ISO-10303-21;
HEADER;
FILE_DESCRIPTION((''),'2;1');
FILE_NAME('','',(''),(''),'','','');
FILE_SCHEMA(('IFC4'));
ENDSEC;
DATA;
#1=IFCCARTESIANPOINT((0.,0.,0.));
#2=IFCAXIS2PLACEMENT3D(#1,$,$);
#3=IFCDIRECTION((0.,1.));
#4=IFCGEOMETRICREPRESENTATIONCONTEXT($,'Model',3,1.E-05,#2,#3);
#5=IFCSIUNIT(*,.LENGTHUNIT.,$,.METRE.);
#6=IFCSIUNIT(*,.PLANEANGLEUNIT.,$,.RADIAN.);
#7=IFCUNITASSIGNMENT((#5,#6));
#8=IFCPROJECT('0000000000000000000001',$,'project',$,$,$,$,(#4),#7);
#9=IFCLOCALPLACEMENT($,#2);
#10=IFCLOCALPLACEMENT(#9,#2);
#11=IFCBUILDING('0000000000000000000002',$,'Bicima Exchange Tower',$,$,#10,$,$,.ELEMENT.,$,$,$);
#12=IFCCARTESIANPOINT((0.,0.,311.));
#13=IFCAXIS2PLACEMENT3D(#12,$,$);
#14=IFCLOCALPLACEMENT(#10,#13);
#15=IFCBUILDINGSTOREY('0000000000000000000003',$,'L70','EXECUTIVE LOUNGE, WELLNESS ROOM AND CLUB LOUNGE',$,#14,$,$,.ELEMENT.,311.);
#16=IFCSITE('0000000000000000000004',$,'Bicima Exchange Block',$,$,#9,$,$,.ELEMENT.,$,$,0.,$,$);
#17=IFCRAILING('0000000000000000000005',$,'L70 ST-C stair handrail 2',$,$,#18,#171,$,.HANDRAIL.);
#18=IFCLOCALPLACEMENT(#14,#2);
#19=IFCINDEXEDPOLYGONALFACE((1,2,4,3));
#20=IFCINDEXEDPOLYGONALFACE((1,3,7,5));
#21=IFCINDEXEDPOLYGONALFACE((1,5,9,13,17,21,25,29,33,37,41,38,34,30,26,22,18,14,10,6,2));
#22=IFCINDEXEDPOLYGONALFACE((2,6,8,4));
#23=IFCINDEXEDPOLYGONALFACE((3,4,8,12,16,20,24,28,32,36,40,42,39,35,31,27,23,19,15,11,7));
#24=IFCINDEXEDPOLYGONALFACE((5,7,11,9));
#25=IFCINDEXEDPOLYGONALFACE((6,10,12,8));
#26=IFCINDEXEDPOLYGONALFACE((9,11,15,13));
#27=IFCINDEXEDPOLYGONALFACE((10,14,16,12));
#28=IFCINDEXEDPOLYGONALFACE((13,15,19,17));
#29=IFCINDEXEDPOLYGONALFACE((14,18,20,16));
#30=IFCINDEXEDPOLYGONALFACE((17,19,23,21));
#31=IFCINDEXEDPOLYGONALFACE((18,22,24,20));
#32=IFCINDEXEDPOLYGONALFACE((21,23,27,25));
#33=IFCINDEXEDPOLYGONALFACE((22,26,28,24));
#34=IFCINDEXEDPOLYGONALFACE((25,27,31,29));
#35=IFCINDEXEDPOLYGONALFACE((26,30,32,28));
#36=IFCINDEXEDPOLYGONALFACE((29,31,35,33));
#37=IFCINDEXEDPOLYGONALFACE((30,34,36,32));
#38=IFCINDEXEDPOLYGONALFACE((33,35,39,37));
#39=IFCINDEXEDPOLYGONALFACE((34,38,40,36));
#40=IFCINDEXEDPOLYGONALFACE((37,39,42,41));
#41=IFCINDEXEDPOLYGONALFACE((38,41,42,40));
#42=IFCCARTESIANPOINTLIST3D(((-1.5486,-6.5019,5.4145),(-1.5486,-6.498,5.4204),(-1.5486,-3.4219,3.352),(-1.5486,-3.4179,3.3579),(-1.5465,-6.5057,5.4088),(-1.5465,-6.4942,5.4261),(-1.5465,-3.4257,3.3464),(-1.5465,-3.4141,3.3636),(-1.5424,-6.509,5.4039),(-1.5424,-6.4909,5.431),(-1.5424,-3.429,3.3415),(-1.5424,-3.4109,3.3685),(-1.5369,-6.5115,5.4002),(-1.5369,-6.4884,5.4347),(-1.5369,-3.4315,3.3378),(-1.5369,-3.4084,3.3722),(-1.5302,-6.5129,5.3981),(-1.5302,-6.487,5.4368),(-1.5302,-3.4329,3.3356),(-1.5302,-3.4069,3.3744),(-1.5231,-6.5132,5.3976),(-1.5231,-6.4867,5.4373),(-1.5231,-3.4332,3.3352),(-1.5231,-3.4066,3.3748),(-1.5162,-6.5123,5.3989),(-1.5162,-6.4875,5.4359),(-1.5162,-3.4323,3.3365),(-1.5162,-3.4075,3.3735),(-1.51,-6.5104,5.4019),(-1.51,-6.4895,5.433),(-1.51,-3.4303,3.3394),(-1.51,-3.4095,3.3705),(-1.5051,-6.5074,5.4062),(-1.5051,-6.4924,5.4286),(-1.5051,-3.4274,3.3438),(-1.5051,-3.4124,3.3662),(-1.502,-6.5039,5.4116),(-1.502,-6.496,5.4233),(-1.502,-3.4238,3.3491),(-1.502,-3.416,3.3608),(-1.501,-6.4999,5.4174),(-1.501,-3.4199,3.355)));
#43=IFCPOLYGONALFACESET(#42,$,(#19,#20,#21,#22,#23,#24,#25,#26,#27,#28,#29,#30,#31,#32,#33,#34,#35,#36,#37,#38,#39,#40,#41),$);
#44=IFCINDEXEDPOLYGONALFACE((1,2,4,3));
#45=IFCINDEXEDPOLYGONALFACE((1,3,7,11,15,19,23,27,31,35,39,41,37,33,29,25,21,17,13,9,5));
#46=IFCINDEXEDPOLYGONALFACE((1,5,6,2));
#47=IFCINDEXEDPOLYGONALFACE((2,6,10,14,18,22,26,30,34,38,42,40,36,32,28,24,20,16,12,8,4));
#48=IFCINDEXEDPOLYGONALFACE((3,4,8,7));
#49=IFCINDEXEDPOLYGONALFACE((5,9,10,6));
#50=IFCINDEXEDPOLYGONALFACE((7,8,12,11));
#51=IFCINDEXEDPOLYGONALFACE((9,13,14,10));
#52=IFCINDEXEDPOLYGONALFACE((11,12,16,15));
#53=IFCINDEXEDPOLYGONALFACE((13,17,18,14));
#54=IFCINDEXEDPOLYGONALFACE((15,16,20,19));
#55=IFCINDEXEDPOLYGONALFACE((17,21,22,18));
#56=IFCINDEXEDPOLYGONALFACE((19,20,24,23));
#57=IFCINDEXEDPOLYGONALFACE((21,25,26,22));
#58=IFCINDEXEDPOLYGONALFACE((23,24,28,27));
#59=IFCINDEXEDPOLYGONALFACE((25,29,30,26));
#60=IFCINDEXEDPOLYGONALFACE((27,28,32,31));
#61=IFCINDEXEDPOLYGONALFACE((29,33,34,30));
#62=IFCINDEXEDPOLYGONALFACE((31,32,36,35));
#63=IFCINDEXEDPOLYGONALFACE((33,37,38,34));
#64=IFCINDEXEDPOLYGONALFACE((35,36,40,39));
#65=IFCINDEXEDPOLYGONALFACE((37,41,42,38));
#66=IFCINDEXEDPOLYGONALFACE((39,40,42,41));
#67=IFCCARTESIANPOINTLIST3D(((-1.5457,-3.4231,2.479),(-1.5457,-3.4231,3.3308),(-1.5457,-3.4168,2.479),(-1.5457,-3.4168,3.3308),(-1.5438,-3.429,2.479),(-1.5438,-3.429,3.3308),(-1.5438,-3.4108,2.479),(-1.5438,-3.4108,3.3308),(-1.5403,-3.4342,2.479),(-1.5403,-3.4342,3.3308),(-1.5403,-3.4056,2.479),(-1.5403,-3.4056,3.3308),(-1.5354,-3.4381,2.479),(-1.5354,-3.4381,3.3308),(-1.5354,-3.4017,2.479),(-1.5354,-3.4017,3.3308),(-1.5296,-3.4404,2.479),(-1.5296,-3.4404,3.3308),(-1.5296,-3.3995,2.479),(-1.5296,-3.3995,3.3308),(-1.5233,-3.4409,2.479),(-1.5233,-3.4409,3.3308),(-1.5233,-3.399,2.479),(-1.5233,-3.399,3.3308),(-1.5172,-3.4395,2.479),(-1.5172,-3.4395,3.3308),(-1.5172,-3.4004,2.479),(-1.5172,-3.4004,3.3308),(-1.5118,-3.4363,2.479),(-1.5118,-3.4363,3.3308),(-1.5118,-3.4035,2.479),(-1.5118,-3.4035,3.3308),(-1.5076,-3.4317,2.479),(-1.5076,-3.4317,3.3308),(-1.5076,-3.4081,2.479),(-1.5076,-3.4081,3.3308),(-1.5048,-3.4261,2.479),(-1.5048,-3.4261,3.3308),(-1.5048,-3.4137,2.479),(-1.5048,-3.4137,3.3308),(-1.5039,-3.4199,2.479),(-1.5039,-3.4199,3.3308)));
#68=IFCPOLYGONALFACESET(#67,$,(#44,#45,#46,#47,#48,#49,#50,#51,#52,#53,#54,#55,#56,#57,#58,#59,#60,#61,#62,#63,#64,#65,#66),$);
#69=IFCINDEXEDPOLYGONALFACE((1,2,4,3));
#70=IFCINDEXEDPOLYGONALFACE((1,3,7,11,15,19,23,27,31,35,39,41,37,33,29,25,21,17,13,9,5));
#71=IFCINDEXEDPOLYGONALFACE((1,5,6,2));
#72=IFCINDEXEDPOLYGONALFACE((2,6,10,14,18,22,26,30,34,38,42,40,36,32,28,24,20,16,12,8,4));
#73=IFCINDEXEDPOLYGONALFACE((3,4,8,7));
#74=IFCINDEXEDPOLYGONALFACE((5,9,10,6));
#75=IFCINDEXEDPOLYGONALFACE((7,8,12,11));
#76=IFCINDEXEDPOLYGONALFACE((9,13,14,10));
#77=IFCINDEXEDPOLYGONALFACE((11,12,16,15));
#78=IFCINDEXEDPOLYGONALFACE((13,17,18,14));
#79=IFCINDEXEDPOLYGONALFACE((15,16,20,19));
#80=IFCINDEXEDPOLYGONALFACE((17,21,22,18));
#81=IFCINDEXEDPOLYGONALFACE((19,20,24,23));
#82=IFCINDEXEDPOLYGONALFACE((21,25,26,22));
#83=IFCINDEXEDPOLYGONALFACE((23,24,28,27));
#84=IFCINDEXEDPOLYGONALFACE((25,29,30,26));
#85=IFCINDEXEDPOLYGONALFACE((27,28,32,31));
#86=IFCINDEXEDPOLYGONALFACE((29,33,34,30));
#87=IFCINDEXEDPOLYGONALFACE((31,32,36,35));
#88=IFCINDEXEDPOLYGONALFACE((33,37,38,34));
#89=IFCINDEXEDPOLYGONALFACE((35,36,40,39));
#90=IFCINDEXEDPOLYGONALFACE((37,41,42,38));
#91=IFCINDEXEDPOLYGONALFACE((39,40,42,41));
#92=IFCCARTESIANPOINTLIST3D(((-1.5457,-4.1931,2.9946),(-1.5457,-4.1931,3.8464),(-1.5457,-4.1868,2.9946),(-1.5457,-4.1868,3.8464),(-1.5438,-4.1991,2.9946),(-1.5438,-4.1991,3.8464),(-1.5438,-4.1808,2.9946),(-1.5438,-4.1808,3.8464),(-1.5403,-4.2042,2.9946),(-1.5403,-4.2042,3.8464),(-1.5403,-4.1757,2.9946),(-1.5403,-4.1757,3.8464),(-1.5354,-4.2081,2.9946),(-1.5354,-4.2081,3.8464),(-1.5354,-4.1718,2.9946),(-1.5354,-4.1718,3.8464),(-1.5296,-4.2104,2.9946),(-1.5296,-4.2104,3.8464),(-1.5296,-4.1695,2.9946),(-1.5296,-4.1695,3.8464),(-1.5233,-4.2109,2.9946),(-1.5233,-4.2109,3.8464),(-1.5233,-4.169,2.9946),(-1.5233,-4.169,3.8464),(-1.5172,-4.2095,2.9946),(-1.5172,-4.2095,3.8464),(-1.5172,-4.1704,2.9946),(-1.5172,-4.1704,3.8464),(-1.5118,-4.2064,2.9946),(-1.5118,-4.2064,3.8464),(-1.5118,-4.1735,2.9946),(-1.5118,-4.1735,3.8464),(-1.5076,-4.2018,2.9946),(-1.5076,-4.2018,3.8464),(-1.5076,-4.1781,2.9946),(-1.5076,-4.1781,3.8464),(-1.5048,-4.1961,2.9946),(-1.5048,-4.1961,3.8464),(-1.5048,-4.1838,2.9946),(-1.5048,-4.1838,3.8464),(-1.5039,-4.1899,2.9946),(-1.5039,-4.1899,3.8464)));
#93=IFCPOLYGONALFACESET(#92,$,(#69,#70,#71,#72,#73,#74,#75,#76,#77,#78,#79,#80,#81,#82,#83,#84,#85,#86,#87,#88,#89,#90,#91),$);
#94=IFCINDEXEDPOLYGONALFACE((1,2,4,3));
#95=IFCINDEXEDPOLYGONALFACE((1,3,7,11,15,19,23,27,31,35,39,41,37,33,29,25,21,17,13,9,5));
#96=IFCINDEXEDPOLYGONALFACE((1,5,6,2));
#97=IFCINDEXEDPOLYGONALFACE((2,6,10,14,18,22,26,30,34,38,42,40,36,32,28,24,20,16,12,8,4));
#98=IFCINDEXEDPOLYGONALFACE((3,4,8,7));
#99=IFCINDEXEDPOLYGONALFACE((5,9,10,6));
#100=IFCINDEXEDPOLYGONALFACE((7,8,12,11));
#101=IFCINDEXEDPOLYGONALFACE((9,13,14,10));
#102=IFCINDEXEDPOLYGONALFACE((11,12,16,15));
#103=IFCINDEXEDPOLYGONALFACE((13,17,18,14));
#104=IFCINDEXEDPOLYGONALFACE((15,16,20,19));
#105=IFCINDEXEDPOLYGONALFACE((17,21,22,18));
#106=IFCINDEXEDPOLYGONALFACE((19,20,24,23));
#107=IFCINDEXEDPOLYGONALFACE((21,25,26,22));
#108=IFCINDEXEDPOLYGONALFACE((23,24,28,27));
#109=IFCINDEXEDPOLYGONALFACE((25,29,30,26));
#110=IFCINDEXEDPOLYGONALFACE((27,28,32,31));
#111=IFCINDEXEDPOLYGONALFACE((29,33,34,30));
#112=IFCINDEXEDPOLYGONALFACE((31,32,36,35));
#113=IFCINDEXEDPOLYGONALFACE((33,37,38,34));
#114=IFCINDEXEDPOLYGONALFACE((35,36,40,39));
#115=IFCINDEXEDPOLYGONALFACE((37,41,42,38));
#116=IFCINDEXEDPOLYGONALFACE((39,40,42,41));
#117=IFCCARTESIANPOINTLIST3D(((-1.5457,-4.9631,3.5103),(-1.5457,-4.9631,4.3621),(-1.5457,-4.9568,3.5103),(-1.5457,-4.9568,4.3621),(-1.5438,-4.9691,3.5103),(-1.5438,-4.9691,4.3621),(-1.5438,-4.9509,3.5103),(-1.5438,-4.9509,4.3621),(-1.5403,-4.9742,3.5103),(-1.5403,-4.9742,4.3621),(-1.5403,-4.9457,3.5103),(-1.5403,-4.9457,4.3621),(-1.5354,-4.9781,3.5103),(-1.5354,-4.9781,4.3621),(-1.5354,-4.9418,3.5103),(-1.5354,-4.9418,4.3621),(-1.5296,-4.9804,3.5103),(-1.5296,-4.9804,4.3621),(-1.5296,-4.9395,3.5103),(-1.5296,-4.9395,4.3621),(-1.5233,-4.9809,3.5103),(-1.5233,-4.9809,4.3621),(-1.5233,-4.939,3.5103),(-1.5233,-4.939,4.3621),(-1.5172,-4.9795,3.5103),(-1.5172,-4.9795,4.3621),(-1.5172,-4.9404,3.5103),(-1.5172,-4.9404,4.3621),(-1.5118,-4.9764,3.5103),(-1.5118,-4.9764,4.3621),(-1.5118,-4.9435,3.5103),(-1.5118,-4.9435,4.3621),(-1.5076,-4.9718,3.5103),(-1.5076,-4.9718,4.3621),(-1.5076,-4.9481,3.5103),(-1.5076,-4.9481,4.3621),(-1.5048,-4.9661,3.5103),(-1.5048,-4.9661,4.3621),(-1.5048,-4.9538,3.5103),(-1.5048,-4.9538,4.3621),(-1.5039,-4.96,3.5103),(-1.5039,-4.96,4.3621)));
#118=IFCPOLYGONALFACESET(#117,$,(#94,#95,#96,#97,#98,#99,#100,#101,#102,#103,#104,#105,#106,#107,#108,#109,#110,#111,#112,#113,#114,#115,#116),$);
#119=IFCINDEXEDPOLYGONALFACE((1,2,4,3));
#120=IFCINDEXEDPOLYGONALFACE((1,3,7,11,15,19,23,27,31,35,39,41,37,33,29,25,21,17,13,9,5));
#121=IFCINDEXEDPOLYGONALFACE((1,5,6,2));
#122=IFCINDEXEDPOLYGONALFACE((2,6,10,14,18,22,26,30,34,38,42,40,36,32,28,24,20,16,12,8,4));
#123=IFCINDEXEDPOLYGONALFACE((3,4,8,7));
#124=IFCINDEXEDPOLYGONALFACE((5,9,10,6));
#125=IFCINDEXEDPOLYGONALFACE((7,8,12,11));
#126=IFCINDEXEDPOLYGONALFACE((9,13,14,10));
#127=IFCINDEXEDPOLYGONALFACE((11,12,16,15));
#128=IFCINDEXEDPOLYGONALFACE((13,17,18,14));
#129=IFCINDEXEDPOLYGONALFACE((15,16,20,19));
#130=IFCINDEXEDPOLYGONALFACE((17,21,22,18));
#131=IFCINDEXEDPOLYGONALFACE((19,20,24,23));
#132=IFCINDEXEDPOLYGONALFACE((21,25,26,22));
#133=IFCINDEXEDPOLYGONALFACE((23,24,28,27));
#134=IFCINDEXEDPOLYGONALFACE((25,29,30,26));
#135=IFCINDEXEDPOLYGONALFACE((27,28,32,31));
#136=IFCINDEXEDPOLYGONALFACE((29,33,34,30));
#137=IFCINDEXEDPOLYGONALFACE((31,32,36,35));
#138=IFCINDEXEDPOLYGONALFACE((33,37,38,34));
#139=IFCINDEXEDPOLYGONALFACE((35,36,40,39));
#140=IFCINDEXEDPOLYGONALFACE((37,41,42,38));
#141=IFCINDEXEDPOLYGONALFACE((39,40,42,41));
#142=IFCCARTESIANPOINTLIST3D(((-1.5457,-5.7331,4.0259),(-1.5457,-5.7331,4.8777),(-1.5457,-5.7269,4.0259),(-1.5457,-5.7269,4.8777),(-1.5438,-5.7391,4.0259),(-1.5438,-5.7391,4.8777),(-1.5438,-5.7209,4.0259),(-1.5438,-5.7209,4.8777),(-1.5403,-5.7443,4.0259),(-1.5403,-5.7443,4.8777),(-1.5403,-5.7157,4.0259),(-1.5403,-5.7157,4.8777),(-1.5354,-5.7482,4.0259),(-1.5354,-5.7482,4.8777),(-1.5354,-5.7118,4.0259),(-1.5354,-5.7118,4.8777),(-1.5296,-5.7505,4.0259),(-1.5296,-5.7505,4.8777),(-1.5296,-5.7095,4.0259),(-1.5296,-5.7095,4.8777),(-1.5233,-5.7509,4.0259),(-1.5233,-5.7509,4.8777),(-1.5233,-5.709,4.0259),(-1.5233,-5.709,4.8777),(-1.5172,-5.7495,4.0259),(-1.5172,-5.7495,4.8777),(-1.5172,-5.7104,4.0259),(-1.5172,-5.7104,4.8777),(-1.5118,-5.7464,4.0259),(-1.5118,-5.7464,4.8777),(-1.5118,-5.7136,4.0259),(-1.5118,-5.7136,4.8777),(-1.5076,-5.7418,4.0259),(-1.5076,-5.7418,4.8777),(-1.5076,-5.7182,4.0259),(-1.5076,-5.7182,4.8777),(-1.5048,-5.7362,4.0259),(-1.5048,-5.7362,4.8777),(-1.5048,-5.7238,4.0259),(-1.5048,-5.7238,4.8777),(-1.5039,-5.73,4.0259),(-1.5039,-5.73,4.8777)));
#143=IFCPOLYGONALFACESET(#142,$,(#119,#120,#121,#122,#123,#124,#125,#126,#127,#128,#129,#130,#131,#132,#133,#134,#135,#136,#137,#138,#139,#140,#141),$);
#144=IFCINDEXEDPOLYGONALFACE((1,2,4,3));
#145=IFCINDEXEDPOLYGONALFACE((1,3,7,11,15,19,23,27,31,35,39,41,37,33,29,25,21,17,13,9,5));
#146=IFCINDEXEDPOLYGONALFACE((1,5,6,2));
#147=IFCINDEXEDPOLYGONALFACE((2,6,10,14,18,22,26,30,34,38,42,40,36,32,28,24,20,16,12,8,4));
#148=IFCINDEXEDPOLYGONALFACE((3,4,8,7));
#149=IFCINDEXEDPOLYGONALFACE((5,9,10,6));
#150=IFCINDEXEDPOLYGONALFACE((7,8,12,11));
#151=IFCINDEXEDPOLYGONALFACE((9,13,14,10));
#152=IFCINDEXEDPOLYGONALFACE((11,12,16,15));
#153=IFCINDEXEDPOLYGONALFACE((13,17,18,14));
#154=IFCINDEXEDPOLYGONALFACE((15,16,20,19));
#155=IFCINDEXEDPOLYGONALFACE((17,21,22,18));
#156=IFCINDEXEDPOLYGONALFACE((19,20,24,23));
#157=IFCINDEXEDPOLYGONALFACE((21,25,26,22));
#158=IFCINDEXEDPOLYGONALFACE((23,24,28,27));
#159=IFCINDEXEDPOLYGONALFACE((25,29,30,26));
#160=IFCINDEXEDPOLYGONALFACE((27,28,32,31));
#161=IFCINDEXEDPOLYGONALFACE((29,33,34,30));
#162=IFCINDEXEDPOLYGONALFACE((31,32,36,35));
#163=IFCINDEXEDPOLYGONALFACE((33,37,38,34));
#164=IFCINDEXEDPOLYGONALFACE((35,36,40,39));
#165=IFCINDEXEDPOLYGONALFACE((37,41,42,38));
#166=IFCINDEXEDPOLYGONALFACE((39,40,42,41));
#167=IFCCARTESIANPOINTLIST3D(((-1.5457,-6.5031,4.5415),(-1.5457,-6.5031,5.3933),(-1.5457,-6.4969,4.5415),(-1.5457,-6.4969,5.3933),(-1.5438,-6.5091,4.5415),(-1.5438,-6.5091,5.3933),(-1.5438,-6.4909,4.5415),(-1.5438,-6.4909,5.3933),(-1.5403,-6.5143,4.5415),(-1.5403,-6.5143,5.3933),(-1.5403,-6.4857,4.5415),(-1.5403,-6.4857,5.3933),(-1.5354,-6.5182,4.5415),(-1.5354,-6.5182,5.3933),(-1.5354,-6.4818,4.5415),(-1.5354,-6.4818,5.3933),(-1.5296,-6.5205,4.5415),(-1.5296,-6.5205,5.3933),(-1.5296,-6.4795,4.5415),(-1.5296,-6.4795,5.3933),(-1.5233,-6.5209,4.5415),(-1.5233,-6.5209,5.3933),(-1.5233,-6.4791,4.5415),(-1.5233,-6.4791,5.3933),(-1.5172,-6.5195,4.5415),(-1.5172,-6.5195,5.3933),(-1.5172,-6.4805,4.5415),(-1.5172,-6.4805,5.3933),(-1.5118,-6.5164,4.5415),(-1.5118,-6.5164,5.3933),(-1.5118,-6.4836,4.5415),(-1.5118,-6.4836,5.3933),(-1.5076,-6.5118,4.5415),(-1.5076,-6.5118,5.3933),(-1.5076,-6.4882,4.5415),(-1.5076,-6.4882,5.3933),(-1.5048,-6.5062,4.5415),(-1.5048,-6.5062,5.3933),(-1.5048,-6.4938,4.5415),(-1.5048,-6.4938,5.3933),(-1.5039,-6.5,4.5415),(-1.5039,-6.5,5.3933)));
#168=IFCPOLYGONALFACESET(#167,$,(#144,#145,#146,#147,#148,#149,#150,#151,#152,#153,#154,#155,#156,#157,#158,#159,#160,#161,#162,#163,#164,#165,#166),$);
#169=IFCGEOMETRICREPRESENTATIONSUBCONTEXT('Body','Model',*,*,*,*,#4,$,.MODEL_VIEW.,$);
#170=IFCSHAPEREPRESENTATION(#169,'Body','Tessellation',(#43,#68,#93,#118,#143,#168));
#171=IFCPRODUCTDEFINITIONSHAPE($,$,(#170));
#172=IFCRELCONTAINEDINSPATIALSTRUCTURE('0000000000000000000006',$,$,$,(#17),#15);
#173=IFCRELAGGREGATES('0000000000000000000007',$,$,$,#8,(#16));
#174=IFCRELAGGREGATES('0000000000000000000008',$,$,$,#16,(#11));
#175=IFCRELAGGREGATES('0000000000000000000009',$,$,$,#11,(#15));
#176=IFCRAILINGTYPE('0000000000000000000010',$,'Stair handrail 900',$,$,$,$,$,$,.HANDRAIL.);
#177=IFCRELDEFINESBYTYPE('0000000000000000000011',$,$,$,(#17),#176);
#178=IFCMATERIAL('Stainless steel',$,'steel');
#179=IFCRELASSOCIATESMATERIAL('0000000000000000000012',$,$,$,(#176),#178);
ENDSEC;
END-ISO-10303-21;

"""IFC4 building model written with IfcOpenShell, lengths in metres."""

from ifc_helpers import new_model, si_unit, direction, frame, origin, origin_2d, place, context, subcontext, project, spatial, circle, extrude, material, type_object, element, save


model = new_model("IFC4")

# Units and contexts
model_context = context("Model", 3, precision=1e-05, world=origin(), true_north=direction((0.0, 1.0)))
body_context = subcontext(model_context, "Body", "Model", "MODEL_VIEW")
ifc_project = project(units=[si_unit("LENGTHUNIT", "METRE"), si_unit("PLANEANGLEUNIT", "RADIAN")], contexts=[model_context])

# Site, building, storey
site_placement = place(None, origin())
site = spatial("IfcSite", under=ifc_project, at=site_placement, Name="Bicima Exchange Block", CompositionType="ELEMENT", RefElevation=0.0)
building_placement = place(site_placement, origin())
building = spatial("IfcBuilding", under=site, at=building_placement, Name="Bicima Exchange Tower", CompositionType="ELEMENT")
storey_placement = place(building_placement, frame((0.0, 0.0, 311.0)))
storey = spatial("IfcBuildingStorey", under=building, at=storey_placement, Name="L70", Description="EXECUTIVE LOUNGE, WELLNESS ROOM AND CLUB LOUNGE", CompositionType="ELEMENT", Elevation=311.0)

# Railing
ifc_material_1 = material(Name="Stainless steel", Category="steel")
railing_type = type_object("IfcRailingType", Name="Stair handrail 900", PredefinedType="HANDRAIL", material=ifc_material_1)
railing_placement = place(storey_placement, frame((-1.5249, -3.4199, 2.479)))
element("IfcRailing", 1, at=railing_placement, inside=storey, type_object=railing_type, Name="L70 ST-C stair handrail 2", PredefinedType="HANDRAIL", context=body_context, shape_type="SweptSolid", body=[
    extrude(circle(Radius=0.0239, at=origin_2d()), frame((0.0, 0.0, 0.876), z_axis=(0.0, -0.830914, 0.556401), x_axis=(1.0, 0.0, 0.0)), (0.0, 0.0, 1.0), 3.7068),
    extrude(circle(Radius=0.021, at=origin_2d()), origin(), (0.0, 0.0, 1.0), 0.8518),
    extrude(circle(Radius=0.021, at=origin_2d()), frame((0.0, -0.77, 0.5156)), (0.0, 0.0, 1.0), 0.8518),
    extrude(circle(Radius=0.021, at=origin_2d()), frame((0.0, -1.54, 1.0312)), (0.0, 0.0, 1.0), 0.8518),
    extrude(circle(Radius=0.021, at=origin_2d()), frame((0.0, -2.3101, 1.5469)), (0.0, 0.0, 1.0), 0.8518),
    extrude(circle(Radius=0.021, at=origin_2d()), frame((0.0, -3.0801, 2.0625)), (0.0, 0.0, 1.0), 0.8518),
])

save(model, "model.ifc")
